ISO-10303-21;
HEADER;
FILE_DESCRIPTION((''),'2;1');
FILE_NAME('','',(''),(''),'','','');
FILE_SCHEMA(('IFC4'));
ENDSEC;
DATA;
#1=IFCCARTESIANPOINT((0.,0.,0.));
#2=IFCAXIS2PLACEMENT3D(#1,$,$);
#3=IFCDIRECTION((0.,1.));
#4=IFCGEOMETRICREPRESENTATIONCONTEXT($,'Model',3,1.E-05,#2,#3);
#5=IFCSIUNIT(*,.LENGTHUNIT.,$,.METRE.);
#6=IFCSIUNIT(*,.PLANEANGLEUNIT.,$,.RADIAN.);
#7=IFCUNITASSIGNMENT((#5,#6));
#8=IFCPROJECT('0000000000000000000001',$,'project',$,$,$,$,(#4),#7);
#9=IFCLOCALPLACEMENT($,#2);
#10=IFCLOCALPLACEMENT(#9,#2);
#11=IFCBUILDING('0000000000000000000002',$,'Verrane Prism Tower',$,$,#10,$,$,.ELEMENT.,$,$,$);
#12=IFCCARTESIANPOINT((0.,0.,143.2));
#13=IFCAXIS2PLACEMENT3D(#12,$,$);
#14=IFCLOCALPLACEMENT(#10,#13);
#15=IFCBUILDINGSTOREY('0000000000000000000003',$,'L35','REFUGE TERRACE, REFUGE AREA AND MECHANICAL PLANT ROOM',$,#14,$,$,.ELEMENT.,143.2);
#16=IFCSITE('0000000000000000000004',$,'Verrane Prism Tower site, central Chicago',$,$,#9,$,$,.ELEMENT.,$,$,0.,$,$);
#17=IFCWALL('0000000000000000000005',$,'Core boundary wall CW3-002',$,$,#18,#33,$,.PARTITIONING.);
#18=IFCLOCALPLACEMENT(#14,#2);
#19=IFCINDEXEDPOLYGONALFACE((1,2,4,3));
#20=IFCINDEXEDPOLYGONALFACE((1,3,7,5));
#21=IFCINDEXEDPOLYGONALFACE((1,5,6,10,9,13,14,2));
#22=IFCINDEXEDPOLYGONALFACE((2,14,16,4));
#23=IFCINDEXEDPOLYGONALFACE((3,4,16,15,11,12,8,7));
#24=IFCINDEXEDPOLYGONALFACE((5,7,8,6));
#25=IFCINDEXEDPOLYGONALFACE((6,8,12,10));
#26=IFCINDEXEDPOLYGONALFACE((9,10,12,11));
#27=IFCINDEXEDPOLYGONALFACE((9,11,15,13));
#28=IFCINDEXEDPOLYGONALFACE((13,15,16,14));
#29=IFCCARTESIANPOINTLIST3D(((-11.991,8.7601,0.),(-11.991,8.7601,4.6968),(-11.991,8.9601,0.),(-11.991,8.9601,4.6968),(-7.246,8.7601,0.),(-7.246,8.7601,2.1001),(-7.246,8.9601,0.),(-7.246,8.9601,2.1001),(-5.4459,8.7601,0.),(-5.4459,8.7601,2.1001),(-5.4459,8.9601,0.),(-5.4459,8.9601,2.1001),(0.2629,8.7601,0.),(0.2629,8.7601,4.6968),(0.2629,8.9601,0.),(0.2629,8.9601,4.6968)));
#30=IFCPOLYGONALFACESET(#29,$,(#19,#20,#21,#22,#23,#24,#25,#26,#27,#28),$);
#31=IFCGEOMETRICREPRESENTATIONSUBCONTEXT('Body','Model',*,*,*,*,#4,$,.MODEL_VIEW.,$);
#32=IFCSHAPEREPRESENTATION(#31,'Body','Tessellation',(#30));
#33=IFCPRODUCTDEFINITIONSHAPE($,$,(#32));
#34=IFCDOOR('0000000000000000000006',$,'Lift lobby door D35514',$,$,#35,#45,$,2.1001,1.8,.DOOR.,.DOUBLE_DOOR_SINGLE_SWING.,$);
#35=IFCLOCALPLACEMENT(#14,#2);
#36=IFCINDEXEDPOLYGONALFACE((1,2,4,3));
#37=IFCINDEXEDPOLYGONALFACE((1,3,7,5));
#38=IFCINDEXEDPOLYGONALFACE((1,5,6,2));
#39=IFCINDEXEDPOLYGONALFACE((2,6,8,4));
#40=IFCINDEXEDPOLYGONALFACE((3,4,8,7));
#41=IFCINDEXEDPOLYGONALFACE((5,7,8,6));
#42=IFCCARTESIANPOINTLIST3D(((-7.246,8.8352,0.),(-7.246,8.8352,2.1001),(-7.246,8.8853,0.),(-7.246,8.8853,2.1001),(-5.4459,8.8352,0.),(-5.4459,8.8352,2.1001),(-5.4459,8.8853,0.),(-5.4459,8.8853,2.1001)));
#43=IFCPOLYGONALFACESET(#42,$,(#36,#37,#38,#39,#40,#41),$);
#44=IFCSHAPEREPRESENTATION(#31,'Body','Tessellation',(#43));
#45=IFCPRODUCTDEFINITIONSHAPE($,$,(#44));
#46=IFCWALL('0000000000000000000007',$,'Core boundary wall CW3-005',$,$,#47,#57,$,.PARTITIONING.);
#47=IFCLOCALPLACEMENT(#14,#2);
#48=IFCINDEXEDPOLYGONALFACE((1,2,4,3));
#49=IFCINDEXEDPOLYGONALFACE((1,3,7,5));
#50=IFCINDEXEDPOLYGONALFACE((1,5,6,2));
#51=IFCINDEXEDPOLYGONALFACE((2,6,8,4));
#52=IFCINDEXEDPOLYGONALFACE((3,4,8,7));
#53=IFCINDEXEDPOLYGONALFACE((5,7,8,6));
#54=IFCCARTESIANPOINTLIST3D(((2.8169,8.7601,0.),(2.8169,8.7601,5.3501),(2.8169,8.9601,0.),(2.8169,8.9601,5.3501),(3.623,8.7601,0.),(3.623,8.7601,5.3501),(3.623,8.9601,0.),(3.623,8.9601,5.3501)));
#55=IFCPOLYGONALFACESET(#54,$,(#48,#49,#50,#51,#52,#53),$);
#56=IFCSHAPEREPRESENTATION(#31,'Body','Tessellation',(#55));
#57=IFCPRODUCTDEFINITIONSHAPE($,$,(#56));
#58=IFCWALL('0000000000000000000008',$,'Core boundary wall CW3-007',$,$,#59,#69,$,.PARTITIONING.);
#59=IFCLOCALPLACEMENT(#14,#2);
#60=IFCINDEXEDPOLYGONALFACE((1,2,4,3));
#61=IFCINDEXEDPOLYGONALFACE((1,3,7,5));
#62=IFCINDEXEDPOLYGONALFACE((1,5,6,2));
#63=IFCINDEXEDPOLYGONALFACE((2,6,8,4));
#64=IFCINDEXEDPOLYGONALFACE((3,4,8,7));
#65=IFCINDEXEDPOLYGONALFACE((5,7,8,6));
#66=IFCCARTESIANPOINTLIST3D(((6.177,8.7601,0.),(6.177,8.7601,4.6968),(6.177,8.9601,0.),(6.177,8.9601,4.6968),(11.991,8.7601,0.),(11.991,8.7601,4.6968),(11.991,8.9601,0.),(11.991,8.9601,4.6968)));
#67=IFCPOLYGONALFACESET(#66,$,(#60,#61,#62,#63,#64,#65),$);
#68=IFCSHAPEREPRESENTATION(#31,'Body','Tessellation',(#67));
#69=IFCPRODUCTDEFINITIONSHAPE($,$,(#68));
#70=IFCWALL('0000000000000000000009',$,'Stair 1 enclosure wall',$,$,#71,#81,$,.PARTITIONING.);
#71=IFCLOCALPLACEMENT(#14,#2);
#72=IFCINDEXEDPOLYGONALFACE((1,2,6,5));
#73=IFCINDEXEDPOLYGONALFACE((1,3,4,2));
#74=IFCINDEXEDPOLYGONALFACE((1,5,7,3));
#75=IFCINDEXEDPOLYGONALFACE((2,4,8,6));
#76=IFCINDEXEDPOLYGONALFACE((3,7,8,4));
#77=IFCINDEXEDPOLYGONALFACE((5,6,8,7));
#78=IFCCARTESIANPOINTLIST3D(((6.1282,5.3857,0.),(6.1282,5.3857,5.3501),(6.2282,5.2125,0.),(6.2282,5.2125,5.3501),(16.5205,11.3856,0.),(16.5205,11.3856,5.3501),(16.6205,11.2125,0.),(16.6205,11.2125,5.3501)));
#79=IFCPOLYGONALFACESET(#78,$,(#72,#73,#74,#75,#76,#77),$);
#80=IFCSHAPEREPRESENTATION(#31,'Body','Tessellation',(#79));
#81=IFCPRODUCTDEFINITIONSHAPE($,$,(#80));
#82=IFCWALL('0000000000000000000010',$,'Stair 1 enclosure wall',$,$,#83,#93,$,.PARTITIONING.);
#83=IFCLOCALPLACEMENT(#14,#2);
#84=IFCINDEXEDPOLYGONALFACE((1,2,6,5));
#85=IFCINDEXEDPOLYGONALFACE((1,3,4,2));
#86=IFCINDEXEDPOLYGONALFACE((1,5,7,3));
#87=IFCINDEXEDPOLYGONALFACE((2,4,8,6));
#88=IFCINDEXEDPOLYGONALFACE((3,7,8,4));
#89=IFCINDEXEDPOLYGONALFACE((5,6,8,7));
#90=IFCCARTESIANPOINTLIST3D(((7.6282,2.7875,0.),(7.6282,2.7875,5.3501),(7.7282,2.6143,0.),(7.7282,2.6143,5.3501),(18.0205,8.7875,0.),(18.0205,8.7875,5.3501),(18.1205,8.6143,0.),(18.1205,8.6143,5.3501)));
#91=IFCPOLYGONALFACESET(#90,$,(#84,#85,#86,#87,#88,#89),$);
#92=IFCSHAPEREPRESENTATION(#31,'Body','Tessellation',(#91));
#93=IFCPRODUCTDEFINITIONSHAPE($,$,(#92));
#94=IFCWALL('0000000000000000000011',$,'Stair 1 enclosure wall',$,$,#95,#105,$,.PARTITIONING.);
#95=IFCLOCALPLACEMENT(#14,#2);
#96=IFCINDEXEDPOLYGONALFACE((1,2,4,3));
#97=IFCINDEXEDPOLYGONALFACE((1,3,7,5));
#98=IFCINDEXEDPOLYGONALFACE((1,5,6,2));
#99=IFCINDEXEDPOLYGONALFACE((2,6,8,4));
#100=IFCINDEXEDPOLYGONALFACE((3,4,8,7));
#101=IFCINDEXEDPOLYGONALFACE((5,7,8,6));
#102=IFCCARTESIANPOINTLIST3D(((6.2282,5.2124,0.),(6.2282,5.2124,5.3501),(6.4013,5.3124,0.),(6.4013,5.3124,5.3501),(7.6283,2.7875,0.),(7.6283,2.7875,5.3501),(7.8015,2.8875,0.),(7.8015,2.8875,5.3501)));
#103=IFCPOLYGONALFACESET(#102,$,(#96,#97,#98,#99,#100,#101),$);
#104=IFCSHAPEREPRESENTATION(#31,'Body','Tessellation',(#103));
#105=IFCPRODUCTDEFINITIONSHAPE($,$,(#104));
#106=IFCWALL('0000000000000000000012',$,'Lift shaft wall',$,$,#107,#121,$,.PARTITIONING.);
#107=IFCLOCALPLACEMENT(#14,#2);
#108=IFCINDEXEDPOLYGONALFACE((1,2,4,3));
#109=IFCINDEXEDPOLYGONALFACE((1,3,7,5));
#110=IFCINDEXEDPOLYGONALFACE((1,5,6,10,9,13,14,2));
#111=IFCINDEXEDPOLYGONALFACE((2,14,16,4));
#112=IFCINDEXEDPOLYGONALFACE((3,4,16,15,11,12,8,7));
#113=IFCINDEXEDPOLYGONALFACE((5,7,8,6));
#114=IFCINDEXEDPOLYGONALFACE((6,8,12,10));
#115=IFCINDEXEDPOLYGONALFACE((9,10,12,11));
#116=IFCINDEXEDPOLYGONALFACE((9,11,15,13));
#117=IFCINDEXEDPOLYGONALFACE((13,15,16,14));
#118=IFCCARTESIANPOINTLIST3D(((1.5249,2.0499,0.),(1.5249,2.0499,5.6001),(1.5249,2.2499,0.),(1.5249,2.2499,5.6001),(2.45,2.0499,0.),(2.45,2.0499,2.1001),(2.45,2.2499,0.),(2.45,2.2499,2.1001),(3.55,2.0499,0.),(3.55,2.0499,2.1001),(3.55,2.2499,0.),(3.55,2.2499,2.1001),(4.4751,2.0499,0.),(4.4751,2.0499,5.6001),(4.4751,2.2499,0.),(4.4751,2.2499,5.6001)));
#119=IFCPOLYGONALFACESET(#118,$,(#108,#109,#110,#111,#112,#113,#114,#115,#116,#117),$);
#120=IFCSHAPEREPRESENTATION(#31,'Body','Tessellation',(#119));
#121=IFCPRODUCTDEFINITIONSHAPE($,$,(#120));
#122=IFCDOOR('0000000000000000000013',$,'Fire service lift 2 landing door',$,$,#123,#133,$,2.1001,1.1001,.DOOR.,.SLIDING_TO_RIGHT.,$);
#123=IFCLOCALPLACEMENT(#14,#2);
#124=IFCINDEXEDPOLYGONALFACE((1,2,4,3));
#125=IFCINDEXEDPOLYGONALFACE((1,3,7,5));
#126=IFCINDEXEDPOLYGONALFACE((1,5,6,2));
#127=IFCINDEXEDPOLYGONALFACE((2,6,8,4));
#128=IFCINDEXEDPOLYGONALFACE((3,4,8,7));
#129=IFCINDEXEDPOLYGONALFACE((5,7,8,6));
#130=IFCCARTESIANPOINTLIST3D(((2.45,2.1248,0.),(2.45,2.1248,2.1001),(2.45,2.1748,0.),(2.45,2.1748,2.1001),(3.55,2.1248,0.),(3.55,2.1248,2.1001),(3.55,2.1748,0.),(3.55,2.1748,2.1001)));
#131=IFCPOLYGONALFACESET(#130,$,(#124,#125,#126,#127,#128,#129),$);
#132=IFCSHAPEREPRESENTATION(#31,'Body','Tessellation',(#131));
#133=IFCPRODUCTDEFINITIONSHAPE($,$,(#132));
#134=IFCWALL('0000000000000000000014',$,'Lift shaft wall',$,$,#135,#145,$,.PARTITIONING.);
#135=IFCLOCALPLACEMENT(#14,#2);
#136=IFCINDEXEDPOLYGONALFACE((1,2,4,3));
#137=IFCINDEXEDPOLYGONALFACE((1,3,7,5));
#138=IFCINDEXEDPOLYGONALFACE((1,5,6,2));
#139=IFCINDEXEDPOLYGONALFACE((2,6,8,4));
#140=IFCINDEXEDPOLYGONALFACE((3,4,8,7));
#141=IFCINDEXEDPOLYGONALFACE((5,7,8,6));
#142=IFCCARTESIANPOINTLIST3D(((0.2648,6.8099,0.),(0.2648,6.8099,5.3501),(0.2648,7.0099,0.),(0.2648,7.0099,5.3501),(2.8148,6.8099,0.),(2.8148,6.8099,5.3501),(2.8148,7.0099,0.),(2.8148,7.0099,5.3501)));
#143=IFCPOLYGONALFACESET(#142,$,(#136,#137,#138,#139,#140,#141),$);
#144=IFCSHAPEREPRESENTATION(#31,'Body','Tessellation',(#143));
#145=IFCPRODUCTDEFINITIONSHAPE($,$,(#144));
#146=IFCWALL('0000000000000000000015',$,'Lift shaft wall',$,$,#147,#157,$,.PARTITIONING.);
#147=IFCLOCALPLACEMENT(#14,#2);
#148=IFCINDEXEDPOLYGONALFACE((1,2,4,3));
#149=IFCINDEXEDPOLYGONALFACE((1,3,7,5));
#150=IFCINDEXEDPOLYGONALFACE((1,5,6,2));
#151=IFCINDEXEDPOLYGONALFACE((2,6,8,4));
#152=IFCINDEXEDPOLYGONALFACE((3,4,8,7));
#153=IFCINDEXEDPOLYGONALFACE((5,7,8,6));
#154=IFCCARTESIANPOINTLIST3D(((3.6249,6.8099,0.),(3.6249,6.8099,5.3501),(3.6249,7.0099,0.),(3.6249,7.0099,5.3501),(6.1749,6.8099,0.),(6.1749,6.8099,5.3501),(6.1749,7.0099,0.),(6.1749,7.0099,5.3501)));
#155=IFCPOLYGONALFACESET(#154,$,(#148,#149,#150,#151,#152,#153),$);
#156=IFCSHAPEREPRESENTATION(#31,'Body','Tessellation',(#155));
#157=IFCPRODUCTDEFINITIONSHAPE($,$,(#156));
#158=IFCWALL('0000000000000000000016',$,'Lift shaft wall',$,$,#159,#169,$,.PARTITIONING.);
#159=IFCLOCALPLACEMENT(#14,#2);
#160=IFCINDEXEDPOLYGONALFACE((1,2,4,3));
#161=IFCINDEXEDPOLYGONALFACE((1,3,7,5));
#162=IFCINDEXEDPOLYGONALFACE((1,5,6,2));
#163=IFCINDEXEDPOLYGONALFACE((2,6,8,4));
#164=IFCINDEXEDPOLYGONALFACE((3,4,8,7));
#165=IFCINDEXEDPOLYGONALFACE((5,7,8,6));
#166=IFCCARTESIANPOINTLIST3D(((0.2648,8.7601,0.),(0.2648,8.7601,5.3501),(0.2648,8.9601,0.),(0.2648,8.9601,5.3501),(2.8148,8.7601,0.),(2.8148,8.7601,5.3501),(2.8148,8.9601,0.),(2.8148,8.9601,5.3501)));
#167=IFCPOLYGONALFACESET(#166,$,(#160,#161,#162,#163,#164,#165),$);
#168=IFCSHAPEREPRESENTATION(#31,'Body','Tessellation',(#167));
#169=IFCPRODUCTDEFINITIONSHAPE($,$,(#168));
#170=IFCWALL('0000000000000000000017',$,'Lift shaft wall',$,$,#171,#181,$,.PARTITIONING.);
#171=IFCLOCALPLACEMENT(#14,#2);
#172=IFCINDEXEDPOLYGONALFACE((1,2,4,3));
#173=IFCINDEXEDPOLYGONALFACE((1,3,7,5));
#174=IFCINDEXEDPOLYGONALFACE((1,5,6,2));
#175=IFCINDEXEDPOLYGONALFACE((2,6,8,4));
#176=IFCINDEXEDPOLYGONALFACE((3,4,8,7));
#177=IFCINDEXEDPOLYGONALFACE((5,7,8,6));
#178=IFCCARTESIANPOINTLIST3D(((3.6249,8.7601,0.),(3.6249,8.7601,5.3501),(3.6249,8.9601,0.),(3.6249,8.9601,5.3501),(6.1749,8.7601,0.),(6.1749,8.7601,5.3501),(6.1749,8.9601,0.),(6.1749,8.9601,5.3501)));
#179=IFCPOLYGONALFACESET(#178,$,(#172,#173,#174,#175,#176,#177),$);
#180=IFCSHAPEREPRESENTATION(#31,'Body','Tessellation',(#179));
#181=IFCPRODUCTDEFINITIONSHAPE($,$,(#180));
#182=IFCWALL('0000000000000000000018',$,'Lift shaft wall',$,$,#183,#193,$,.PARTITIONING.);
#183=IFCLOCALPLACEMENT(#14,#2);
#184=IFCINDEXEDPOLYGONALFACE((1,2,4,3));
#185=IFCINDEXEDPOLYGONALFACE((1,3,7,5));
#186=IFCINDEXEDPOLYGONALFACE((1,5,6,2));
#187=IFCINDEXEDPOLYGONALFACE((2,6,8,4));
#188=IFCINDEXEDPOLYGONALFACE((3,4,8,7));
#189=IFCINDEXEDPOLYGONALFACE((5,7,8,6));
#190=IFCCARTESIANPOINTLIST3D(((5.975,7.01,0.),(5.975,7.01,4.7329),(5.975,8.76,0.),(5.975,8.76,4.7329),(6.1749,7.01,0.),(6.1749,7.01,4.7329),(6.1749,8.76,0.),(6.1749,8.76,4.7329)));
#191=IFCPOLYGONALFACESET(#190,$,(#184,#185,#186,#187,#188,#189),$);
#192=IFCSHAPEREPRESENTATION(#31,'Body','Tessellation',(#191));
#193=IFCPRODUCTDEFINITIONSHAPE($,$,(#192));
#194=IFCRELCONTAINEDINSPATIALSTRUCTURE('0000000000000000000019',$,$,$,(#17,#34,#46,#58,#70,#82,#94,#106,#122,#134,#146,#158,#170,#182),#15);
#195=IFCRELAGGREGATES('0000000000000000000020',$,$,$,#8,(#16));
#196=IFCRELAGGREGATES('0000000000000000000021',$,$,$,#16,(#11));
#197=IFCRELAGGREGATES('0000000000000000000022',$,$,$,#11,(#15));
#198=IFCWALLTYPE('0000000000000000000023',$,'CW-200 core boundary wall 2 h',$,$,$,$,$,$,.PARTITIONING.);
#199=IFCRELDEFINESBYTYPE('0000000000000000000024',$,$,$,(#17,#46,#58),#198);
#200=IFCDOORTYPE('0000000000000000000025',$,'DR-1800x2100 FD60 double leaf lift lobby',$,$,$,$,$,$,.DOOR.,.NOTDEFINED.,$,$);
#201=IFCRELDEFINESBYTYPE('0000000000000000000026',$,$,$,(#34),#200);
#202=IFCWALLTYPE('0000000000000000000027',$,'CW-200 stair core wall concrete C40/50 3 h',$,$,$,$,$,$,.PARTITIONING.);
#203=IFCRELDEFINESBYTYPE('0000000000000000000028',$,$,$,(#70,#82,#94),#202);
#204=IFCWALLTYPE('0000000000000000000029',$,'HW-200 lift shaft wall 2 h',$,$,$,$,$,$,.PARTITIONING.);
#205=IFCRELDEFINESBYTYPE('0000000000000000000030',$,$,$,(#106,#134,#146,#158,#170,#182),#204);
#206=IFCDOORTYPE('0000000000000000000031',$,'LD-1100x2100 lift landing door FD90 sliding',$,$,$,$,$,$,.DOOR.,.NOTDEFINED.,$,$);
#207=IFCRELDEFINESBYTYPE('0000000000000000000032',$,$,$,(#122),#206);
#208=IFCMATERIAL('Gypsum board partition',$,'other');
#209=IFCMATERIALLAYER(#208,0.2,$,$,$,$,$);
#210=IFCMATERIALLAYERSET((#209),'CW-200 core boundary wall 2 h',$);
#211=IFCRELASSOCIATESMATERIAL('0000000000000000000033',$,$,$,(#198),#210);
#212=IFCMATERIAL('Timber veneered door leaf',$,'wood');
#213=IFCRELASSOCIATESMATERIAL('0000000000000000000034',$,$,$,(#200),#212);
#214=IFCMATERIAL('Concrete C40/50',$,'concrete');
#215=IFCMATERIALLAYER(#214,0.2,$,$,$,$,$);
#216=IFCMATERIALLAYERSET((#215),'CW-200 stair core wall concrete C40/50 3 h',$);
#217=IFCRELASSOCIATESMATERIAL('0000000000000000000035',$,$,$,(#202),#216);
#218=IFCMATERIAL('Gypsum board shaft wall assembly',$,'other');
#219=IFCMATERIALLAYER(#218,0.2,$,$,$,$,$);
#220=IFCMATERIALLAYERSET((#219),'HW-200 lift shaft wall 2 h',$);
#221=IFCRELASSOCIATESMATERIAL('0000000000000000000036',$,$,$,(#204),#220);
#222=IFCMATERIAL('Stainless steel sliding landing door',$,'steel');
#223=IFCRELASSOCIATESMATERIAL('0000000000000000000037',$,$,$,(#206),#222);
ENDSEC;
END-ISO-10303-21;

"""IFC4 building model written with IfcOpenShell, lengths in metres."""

from ifc_helpers import new_model, si_unit, direction, frame, frame_2d, origin, place, context, subcontext, project, spatial, rectangle, extrude, material, layer, layer_set, type_object, element, fill, save


model = new_model("IFC4")

# Units and contexts
model_context = context("Model", 3, precision=1e-05, world=origin(), true_north=direction((0.0, 1.0)))
body_context = subcontext(model_context, "Body", "Model", "MODEL_VIEW")
ifc_project = project(units=[si_unit("LENGTHUNIT", "METRE"), si_unit("PLANEANGLEUNIT", "RADIAN")], contexts=[model_context])

# Site, building, storey
site_placement = place(None, origin())
site = spatial("IfcSite", under=ifc_project, at=site_placement, Name="Verrane Prism Tower site, central Chicago", CompositionType="ELEMENT", RefElevation=0.0)
building_placement = place(site_placement, origin())
building = spatial("IfcBuilding", under=site, at=building_placement, Name="Verrane Prism Tower", CompositionType="ELEMENT")
storey_placement = place(building_placement, frame((0.0, 0.0, 143.2)))
storey = spatial("IfcBuildingStorey", under=building, at=storey_placement, Name="L35", Description="REFUGE TERRACE, REFUGE AREA AND MECHANICAL PLANT ROOM", CompositionType="ELEMENT", Elevation=143.2)

# Wall, opening, door
ifc_material_1 = material(Name="Gypsum board partition", Category="other")
ifc_layer_1 = layer(ifc_material_1, 0.2)
ifc_layer_set_1 = layer_set([ifc_layer_1], Name="CW-200 core boundary wall 2 h")
wall_type_1 = type_object("IfcWallType", Name="CW-200 core boundary wall 2 h", PredefinedType="PARTITIONING", material=ifc_layer_set_1)
wall_1_placement = place(storey_placement, frame((0.2629, 8.8601, 0.0), z_axis=(0.0, 0.0, 1.0), x_axis=(-1.0, 0.0, 0.0)))
wall_1 = element("IfcWall", 1, at=wall_1_placement, inside=storey, type_object=wall_type_1, Name="Core boundary wall CW3-002", PredefinedType="PARTITIONING", context=body_context, shape_type="SweptSolid", body=[
    extrude(rectangle(XDim=12.2539, YDim=0.2, at=frame_2d((6.127, 0.0))), origin(), (0.0, 0.0, 1.0), 4.6968),
])
opening_1_placement = place(wall_1_placement, frame((5.709, 0.0, 0.0)))
opening_1 = element("IfcOpeningElement", 2, at=opening_1_placement, cuts=wall_1, PredefinedType="OPENING", context=body_context, shape_type="SweptSolid", body=[
    extrude(rectangle(XDim=1.8, YDim=2.1001, at=frame_2d((0.8999, 1.05))), frame((0.0, 0.1099, 0.0), z_axis=(0.0, -1.0, 0.0), x_axis=(1.0, 0.0, 0.0)), (0.0, 0.0, 1.0), 0.22),
])
ifc_material_2 = material(Name="Timber veneered door leaf", Category="wood")
door_type_1 = type_object("IfcDoorType", Name="DR-1800x2100 FD60 double leaf lift lobby", OperationType="NOTDEFINED", PredefinedType="DOOR", material=ifc_material_2)
door_1_placement = place(opening_1_placement, origin())
door_1 = element("IfcDoor", 3, at=door_1_placement, inside=storey, type_object=door_type_1, Name="Lift lobby door D35514", OperationType="DOUBLE_DOOR_SINGLE_SWING", OverallHeight=2.1001, OverallWidth=1.8, PredefinedType="DOOR", context=body_context, shape_type="SweptSolid", body=[
    extrude(rectangle(XDim=1.8, YDim=2.1001, at=frame_2d((0.8999, 1.05))), frame((0.0, 0.0249, 0.0), z_axis=(0.0, -1.0, 0.0), x_axis=(1.0, 0.0, 0.0)), (0.0, 0.0, 1.0), 0.05),
])
fill(opening_1, door_1)

# Walls
wall_2_placement = place(storey_placement, frame((2.8169, 8.8601, 0.0), z_axis=(0.0, 0.0, 1.0), x_axis=(1.0, 0.0, 0.0)))
element("IfcWall", 4, at=wall_2_placement, inside=storey, type_object=wall_type_1, Name="Core boundary wall CW3-005", PredefinedType="PARTITIONING", context=body_context, shape_type="SweptSolid", body=[
    extrude(rectangle(XDim=0.8062, YDim=0.2, at=frame_2d((0.4031, 0.0))), origin(), (0.0, 0.0, 1.0), 5.3501),
])
wall_3_placement = place(storey_placement, frame((6.177, 8.8601, 0.0), z_axis=(0.0, 0.0, 1.0), x_axis=(1.0, 0.0, 0.0)))
element("IfcWall", 5, at=wall_3_placement, inside=storey, type_object=wall_type_1, Name="Core boundary wall CW3-007", PredefinedType="PARTITIONING", context=body_context, shape_type="SweptSolid", body=[
    extrude(rectangle(XDim=5.814, YDim=0.2, at=frame_2d((2.907, 0.0))), origin(), (0.0, 0.0, 1.0), 4.6968),
])
ifc_material_3 = material(Name="Concrete C40/50", Category="concrete")
ifc_layer_2 = layer(ifc_material_3, 0.2)
ifc_layer_set_2 = layer_set([ifc_layer_2], Name="CW-200 stair core wall concrete C40/50 3 h")
wall_type_2 = type_object("IfcWallType", Name="CW-200 stair core wall concrete C40/50 3 h", PredefinedType="PARTITIONING", material=ifc_layer_set_2)
for number, where, z_axis, x_axis, name in (
    (6, (6.1782, 5.2991, 0.0), (0.0, 0.0, 1.0), (0.866026, 0.499999, 0.0), "Stair 1 enclosure wall"),
    (7, (7.6782, 2.7009, 0.0), (0.0, 0.0, 1.0), (0.866026, 0.499999, 0.0), "Stair 1 enclosure wall"),
):
    element("IfcWall", number, at=place(storey_placement, frame(where, z_axis=z_axis, x_axis=x_axis)), inside=storey, type_object=wall_type_2, Name=name, PredefinedType="PARTITIONING", context=body_context, shape_type="SweptSolid", body=[
        extrude(rectangle(XDim=12.0, YDim=0.2, at=frame_2d((6.0, 0.0))), origin(), (0.0, 0.0, 1.0), 5.3501),
    ])
wall_4_placement = place(storey_placement, frame((7.7148, 2.8376, 0.0), z_axis=(0.0, 0.0, 1.0), x_axis=(-0.50005, 0.865997, 0.0)))
element("IfcWall", 8, at=wall_4_placement, inside=storey, type_object=wall_type_2, Name="Stair 1 enclosure wall", PredefinedType="PARTITIONING", context=body_context, shape_type="SweptSolid", body=[
    extrude(rectangle(XDim=2.8, YDim=0.2, at=frame_2d((1.3999, 0.0))), origin(), (0.0, 0.0, 1.0), 5.3501),
])

# Wall, opening, door
ifc_material_4 = material(Name="Gypsum board shaft wall assembly", Category="other")
ifc_layer_3 = layer(ifc_material_4, 0.2)
ifc_layer_set_3 = layer_set([ifc_layer_3], Name="HW-200 lift shaft wall 2 h")
wall_type_3 = type_object("IfcWallType", Name="HW-200 lift shaft wall 2 h", PredefinedType="PARTITIONING", material=ifc_layer_set_3)
wall_5_placement = place(storey_placement, frame((1.5249, 2.1499, 0.0), z_axis=(0.0, 0.0, 1.0), x_axis=(1.0, 0.0, 0.0)))
wall_5 = element("IfcWall", 9, at=wall_5_placement, inside=storey, type_object=wall_type_3, Name="Lift shaft wall", PredefinedType="PARTITIONING", context=body_context, shape_type="SweptSolid", body=[
    extrude(rectangle(XDim=2.9502, YDim=0.2, at=frame_2d((1.4751, 0.0))), origin(), (0.0, 0.0, 1.0), 5.6001),
])
opening_2_placement = place(wall_5_placement, frame((0.925, 0.0, 0.0)))
opening_2 = element("IfcOpeningElement", 10, at=opening_2_placement, cuts=wall_5, PredefinedType="OPENING", context=body_context, shape_type="SweptSolid", body=[
    extrude(rectangle(XDim=1.1001, YDim=2.1001, at=frame_2d((0.55, 1.05))), frame((0.0, 0.1099, 0.0), z_axis=(0.0, -1.0, 0.0), x_axis=(1.0, 0.0, 0.0)), (0.0, 0.0, 1.0), 0.22),
])
ifc_material_5 = material(Name="Stainless steel sliding landing door", Category="steel")
door_type_2 = type_object("IfcDoorType", Name="LD-1100x2100 lift landing door FD90 sliding", OperationType="NOTDEFINED", PredefinedType="DOOR", material=ifc_material_5)
door_2_placement = place(opening_2_placement, origin())
door_2 = element("IfcDoor", 11, at=door_2_placement, inside=storey, type_object=door_type_2, Name="Fire service lift 2 landing door", OperationType="SLIDING_TO_RIGHT", OverallHeight=2.1001, OverallWidth=1.1001, PredefinedType="DOOR", context=body_context, shape_type="SweptSolid", body=[
    extrude(rectangle(XDim=1.1001, YDim=2.1001, at=frame_2d((0.55, 1.05))), frame((0.0, 0.0249, 0.0), z_axis=(0.0, -1.0, 0.0), x_axis=(1.0, 0.0, 0.0)), (0.0, 0.0, 1.0), 0.05),
])
fill(opening_2, door_2)

# Walls
for number, where, z_axis, x_axis, name in (
    (12, (0.2649, 6.9099, 0.0), (0.0, 0.0, 1.0), (1.0, 0.0, 0.0), "Lift shaft wall"),
    (13, (3.625, 6.9099, 0.0), (0.0, 0.0, 1.0), (1.0, 0.0, 0.0), "Lift shaft wall"),
    (14, (0.2649, 8.8601, 0.0), (0.0, 0.0, 1.0), (1.0, 0.0, 0.0), "Lift shaft wall"),
    (15, (3.625, 8.8601, 0.0), (0.0, 0.0, 1.0), (1.0, 0.0, 0.0), "Lift shaft wall"),
):
    element("IfcWall", number, at=place(storey_placement, frame(where, z_axis=z_axis, x_axis=x_axis)), inside=storey, type_object=wall_type_3, Name=name, PredefinedType="PARTITIONING", context=body_context, shape_type="SweptSolid", body=[
        extrude(rectangle(XDim=2.55, YDim=0.2, at=frame_2d((1.2749, 0.0))), origin(), (0.0, 0.0, 1.0), 5.3501),
    ])
for number, where, z_axis, x_axis, name in (
    (16, (6.075, 7.01, 0.0), (0.0, 0.0, 1.0), (0.0, 1.0, 0.0), "Lift shaft wall"),
):
    element("IfcWall", number, at=place(storey_placement, frame(where, z_axis=z_axis, x_axis=x_axis)), inside=storey, type_object=wall_type_3, Name=name, PredefinedType="PARTITIONING", context=body_context, shape_type="SweptSolid", body=[
        extrude(rectangle(XDim=1.75, YDim=0.2, at=frame_2d((0.875, 0.0))), origin(), (0.0, 0.0, 1.0), 4.7329),
    ])

save(model, "model.ifc")
